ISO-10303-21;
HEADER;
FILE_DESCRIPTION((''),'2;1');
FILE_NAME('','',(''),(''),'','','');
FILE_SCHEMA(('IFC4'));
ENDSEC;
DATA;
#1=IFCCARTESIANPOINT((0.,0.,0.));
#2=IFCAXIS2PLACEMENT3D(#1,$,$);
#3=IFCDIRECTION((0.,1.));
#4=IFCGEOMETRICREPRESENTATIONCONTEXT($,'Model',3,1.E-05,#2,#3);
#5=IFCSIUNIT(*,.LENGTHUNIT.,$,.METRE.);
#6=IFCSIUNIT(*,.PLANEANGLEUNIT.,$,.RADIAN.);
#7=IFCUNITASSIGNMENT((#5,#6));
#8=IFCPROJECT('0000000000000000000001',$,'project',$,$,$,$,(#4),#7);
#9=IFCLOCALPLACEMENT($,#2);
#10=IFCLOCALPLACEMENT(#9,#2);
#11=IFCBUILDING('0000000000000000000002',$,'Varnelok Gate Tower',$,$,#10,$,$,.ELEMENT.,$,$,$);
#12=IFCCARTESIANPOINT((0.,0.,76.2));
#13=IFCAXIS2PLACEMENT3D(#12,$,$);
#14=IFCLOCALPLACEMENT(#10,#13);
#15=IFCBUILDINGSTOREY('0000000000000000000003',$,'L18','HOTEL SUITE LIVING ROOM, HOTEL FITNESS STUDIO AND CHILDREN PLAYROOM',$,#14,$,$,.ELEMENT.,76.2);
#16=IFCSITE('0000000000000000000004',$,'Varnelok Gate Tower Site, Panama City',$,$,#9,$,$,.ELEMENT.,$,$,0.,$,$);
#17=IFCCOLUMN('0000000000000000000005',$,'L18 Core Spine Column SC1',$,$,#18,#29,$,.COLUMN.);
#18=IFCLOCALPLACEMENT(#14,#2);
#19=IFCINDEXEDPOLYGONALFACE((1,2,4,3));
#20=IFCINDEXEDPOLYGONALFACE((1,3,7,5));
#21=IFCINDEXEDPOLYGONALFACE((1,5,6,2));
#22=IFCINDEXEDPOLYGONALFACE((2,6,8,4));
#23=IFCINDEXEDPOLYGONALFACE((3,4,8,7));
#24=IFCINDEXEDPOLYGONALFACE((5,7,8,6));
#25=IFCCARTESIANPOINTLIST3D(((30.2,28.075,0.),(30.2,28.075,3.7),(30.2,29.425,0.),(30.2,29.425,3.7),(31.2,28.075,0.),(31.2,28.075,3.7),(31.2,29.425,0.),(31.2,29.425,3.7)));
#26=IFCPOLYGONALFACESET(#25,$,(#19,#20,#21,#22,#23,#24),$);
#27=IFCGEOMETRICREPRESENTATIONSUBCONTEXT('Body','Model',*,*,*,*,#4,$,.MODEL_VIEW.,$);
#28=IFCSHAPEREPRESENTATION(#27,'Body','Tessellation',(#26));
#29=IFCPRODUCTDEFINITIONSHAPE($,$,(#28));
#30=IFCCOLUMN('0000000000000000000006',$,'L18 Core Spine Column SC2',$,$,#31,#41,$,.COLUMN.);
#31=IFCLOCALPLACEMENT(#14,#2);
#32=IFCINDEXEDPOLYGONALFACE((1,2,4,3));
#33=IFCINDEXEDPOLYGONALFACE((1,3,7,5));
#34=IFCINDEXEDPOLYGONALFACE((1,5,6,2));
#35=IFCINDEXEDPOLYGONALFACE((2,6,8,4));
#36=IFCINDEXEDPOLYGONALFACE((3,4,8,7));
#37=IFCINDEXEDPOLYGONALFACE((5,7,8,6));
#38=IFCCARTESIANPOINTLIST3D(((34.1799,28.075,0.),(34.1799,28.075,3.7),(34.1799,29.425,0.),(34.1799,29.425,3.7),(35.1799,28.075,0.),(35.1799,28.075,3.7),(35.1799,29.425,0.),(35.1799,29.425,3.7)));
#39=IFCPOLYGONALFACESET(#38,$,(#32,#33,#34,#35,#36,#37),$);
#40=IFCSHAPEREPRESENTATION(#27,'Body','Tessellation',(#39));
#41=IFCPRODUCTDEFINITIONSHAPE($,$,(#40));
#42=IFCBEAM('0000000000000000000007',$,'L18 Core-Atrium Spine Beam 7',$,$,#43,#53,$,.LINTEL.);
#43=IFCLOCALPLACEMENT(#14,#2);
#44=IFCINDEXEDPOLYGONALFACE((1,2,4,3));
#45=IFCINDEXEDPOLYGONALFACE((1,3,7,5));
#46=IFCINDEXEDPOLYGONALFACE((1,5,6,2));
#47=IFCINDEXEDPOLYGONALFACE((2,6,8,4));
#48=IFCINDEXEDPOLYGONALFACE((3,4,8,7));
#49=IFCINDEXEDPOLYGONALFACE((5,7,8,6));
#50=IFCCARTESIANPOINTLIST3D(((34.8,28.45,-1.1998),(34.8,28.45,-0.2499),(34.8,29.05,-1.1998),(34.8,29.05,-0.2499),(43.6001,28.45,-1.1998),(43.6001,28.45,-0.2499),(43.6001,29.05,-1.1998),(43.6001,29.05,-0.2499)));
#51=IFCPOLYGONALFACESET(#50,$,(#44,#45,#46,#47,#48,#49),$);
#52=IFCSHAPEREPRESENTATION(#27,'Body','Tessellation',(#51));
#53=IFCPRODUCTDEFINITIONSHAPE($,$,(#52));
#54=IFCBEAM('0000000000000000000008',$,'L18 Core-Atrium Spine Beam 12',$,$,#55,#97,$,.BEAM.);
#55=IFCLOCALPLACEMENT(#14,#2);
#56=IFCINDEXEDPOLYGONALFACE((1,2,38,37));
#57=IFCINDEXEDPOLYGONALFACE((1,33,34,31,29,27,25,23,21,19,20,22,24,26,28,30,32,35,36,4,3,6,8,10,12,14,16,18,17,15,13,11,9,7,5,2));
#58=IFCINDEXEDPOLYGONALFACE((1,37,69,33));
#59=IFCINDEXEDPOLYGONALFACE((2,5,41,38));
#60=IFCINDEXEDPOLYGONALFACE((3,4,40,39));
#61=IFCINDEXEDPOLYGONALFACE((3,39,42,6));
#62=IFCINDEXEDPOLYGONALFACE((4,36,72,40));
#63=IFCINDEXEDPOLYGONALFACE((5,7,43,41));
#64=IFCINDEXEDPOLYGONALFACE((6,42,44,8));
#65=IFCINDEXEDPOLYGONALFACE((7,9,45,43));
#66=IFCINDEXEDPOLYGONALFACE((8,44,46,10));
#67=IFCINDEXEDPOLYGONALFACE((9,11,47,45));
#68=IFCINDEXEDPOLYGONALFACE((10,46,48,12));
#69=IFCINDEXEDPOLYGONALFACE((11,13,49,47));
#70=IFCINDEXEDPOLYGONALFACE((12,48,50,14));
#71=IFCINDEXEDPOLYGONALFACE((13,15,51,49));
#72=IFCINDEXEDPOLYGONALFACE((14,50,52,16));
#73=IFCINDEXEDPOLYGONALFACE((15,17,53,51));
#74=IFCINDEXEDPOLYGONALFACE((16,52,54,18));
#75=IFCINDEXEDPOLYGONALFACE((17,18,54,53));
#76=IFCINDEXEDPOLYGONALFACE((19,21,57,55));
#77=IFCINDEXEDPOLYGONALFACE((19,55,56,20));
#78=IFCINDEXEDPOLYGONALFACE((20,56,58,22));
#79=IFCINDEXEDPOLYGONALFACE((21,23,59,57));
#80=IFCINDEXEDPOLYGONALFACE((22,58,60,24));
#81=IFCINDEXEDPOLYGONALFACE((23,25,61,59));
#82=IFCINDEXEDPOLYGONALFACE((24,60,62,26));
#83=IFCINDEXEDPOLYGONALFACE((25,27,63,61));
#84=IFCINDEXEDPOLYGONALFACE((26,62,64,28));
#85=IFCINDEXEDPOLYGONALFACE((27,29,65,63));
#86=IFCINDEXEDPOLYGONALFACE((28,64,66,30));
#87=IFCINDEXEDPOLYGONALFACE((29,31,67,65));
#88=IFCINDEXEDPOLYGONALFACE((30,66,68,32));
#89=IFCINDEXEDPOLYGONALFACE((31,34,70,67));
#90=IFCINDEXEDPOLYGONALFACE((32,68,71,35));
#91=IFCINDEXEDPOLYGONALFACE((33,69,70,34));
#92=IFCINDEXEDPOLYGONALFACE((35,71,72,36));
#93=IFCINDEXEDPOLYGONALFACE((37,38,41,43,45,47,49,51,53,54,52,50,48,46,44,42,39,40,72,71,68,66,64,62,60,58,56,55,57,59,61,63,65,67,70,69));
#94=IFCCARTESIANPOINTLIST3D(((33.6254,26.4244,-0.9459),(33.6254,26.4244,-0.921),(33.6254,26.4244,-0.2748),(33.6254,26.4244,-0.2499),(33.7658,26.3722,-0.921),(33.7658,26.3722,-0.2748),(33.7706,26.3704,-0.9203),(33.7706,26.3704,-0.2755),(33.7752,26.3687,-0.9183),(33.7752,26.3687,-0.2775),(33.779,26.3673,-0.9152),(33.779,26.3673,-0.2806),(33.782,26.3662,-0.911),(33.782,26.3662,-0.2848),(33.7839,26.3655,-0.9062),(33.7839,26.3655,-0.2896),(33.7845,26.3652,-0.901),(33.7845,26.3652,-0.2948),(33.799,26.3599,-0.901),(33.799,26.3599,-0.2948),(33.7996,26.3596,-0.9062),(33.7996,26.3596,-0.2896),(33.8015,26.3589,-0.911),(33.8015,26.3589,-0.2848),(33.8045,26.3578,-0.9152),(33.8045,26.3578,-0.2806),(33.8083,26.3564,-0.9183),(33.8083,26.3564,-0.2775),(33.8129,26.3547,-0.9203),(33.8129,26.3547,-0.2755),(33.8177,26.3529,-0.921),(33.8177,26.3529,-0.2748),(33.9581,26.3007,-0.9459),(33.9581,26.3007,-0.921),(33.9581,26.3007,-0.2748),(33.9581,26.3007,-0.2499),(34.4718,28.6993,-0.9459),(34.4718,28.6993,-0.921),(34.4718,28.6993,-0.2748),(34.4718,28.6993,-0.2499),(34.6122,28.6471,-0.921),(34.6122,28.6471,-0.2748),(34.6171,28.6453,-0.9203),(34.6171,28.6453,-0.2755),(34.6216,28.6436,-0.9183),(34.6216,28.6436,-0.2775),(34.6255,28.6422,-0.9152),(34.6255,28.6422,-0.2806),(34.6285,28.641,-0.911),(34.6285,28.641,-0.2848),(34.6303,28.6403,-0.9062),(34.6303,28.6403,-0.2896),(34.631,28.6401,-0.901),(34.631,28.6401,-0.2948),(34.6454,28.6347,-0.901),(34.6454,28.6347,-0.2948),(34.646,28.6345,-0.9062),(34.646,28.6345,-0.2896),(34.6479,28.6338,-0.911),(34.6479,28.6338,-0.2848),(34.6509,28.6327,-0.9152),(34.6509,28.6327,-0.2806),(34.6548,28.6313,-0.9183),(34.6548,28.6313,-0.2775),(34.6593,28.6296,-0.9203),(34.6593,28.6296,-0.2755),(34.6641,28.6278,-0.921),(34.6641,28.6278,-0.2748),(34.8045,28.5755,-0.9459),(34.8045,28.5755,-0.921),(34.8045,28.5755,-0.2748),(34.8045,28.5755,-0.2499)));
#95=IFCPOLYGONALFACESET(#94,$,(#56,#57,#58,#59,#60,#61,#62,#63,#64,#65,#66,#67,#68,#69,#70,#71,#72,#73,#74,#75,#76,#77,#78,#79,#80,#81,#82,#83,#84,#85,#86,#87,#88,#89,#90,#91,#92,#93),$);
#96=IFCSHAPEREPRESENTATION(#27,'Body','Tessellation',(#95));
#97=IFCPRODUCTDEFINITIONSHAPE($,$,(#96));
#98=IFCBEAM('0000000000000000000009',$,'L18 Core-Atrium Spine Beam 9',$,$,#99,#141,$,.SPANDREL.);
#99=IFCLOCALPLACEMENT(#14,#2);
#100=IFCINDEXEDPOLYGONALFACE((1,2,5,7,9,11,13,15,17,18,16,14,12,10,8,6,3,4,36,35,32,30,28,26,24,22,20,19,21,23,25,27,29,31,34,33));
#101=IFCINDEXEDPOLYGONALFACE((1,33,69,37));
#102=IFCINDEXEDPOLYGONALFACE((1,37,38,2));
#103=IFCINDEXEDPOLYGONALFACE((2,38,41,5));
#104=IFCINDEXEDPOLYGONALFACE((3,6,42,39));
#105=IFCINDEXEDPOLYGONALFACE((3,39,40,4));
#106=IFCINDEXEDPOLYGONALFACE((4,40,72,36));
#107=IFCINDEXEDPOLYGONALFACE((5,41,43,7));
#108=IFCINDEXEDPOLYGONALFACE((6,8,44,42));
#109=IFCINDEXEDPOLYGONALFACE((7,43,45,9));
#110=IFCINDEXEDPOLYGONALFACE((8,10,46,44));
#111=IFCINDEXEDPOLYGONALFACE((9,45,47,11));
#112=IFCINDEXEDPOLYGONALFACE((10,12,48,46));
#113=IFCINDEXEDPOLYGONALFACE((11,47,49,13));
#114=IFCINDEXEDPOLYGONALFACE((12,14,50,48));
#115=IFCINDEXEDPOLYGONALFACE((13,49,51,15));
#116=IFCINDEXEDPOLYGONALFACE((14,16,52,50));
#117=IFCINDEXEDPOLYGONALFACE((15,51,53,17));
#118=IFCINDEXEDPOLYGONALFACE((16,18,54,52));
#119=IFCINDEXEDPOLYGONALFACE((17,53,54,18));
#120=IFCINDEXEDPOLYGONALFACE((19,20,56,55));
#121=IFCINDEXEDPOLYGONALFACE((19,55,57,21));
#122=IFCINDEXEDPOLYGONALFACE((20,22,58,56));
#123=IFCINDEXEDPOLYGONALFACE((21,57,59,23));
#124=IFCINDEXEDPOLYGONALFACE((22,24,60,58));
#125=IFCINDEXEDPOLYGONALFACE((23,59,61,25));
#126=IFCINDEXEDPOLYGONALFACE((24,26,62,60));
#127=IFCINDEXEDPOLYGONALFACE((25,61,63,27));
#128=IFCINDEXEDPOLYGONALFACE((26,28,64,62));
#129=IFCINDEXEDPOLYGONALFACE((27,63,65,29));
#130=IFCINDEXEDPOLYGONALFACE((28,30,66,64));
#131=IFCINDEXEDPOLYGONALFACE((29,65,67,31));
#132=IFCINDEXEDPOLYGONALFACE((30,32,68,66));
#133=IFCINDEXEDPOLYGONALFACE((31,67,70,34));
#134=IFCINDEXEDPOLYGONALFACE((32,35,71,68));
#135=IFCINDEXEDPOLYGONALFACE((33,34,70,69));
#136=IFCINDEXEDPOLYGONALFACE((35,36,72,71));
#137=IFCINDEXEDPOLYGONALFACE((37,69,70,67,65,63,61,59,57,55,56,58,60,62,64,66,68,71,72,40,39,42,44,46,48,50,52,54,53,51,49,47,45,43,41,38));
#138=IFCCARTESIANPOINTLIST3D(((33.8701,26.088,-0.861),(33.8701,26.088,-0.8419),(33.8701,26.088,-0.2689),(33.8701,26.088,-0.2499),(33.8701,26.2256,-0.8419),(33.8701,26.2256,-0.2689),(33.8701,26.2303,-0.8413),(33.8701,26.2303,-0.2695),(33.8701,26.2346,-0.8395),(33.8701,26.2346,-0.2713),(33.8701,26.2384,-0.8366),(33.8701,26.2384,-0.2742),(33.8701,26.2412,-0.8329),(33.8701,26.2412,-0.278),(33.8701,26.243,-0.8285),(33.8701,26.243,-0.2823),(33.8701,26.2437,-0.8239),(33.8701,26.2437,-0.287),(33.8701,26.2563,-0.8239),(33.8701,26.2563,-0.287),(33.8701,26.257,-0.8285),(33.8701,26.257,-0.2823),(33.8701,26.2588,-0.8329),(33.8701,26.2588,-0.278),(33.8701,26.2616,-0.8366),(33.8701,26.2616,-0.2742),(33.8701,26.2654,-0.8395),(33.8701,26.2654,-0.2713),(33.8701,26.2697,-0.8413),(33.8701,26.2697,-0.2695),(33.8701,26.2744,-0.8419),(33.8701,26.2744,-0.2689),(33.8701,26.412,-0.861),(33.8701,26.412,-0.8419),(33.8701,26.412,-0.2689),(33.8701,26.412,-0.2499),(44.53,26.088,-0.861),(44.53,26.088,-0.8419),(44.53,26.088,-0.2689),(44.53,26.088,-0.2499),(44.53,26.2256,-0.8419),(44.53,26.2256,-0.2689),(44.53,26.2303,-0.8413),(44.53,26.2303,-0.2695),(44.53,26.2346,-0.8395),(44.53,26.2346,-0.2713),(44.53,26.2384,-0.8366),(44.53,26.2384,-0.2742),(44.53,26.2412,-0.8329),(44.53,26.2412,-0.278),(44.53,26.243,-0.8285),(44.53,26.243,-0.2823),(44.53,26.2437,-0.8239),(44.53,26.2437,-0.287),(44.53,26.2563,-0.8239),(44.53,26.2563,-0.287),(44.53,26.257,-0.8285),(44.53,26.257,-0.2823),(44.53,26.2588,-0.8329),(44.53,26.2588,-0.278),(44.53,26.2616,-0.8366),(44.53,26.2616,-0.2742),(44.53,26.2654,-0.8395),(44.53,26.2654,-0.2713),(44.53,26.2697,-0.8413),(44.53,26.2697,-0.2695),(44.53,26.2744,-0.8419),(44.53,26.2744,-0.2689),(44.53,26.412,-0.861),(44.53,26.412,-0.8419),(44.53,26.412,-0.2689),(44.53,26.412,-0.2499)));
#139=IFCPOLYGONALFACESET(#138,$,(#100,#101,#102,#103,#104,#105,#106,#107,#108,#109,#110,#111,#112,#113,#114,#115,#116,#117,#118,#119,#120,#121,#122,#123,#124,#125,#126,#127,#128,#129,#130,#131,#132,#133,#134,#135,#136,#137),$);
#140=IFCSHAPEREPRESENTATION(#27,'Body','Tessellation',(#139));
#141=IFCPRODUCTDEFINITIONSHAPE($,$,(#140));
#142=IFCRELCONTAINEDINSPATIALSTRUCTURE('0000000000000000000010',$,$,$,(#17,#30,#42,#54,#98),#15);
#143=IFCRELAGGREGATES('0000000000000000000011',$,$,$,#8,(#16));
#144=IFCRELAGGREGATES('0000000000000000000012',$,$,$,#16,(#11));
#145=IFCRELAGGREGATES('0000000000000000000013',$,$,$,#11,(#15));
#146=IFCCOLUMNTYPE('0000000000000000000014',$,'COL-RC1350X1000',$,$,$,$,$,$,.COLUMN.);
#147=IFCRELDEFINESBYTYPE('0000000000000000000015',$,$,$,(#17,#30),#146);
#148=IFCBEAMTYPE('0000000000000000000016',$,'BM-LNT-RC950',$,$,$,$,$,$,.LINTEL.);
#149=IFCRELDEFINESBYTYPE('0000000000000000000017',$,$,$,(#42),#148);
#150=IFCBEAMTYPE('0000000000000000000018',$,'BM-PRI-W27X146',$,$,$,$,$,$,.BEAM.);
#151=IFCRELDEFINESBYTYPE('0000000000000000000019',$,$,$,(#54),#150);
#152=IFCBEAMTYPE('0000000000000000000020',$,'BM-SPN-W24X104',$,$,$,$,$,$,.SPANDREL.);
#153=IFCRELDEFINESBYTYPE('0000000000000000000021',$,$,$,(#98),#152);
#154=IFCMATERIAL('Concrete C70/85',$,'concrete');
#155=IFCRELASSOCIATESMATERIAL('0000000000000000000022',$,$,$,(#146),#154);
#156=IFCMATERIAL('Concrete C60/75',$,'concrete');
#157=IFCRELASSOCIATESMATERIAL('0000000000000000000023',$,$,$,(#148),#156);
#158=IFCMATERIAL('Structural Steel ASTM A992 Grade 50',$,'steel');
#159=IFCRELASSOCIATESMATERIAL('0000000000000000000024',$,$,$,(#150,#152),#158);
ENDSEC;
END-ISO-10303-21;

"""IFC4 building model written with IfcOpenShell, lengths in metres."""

from ifc_helpers import new_model, si_unit, direction, frame, origin, origin_2d, place, context, subcontext, project, spatial, rectangle, i_section, extrude, material, material_profile, profile_set, type_object, element, save


model = new_model("IFC4")

# Units and contexts
model_context = context("Model", 3, precision=1e-05, world=origin(), true_north=direction((0.0, 1.0)))
body_context = subcontext(model_context, "Body", "Model", "MODEL_VIEW")
ifc_project = project(units=[si_unit("LENGTHUNIT", "METRE"), si_unit("PLANEANGLEUNIT", "RADIAN")], contexts=[model_context])

# Site, building, storey
site_placement = place(None, origin())
site = spatial("IfcSite", under=ifc_project, at=site_placement, Name="Varnelok Gate Tower Site, Panama City", CompositionType="ELEMENT", RefElevation=0.0)
building_placement = place(site_placement, origin())
building = spatial("IfcBuilding", under=site, at=building_placement, Name="Varnelok Gate Tower", CompositionType="ELEMENT")
storey_placement = place(building_placement, frame((0.0, 0.0, 76.2)))
storey = spatial("IfcBuildingStorey", under=building, at=storey_placement, Name="L18", Description="HOTEL SUITE LIVING ROOM, HOTEL FITNESS STUDIO AND CHILDREN PLAYROOM", CompositionType="ELEMENT", Elevation=76.2)

# Columns
ifc_material_1 = material(Name="Concrete C70/85", Category="concrete")
ifc_material_profile_1 = material_profile(ifc_material_1, rectangle(XDim=1.0, YDim=1.3501, at=origin_2d()), Name="RC1350X1000")
ifc_profile_set_1 = profile_set([ifc_material_profile_1], Name="Concrete C70/85")
column_type = type_object("IfcColumnType", Name="COL-RC1350X1000", PredefinedType="COLUMN", material=ifc_profile_set_1)
for number, where, z_axis, x_axis, name in (
    (1, (30.7, 28.75, 0.0), (0.0, 0.0, 1.0), (1.0, 0.0, 0.0), "L18 Core Spine Column SC1"),
    (2, (34.6799, 28.75, 0.0), (0.0, 0.0, 1.0), (1.0, 0.0, 0.0), "L18 Core Spine Column SC2"),
):
    element("IfcColumn", number, at=place(storey_placement, frame(where, z_axis=z_axis, x_axis=x_axis)), inside=storey, type_object=column_type, Name=name, PredefinedType="COLUMN", context=body_context, shape_type="SweptSolid", body=[
        extrude(rectangle(XDim=1.0, YDim=1.3501, at=origin_2d()), origin(), (0.0, 0.0, 1.0), 3.7),
    ])

# Beams
ifc_material_2 = material(Name="Concrete C60/75", Category="concrete")
ifc_material_profile_2 = material_profile(ifc_material_2, rectangle(XDim=0.6001, YDim=0.95, at=origin_2d()), Name="RC950X600")
ifc_profile_set_2 = profile_set([ifc_material_profile_2], Name="Concrete C60/75")
beam_type_1 = type_object("IfcBeamType", Name="BM-LNT-RC950", PredefinedType="LINTEL", material=ifc_profile_set_2)
beam_1_placement = place(storey_placement, frame((34.8, 28.75, -0.7249), z_axis=(1.0, 0.0, 0.0), x_axis=(0.0, 1.0, 0.0)))
element("IfcBeam", 3, at=beam_1_placement, inside=storey, type_object=beam_type_1, Name="L18 Core-Atrium Spine Beam 7", PredefinedType="LINTEL", context=body_context, shape_type="SweptSolid", body=[
    extrude(rectangle(XDim=0.6001, YDim=0.95, at=origin_2d()), origin(), (0.0, 0.0, 1.0), 8.8),
])
ifc_material_3 = material(Name="Structural Steel ASTM A992 Grade 50", Category="steel")
ifc_material_profile_3 = material_profile(ifc_material_3, i_section(OverallWidth=0.355, OverallDepth=0.696, WebThickness=0.0154, FlangeThickness=0.0249, FilletRadius=0.02, at=origin_2d()), Name="W27X146")
ifc_profile_set_3 = profile_set([ifc_material_profile_3], Name="Structural Steel ASTM A992 Grade 50")
beam_type_2 = type_object("IfcBeamType", Name="BM-PRI-W27X146", PredefinedType="BEAM", material=ifc_profile_set_3)
beam_2_placement = place(storey_placement, frame((33.7917, 26.3625, -0.5979), z_axis=(0.348719, 0.937227, 0.0), x_axis=(-0.937227, 0.348719, 0.0)))
element("IfcBeam", 4, at=beam_2_placement, inside=storey, type_object=beam_type_2, Name="L18 Core-Atrium Spine Beam 12", PredefinedType="BEAM", context=body_context, shape_type="SweptSolid", body=[
    extrude(i_section(OverallWidth=0.355, OverallDepth=0.696, WebThickness=0.0154, FlangeThickness=0.0249, FilletRadius=0.02, at=origin_2d()), origin(), (0.0, 0.0, 1.0), 2.4272),
])
ifc_material_profile_4 = material_profile(ifc_material_3, i_section(OverallWidth=0.324, OverallDepth=0.6111, WebThickness=0.0127, FlangeThickness=0.019, FilletRadius=0.0181, at=origin_2d()), Name="W24X104")
ifc_profile_set_4 = profile_set([ifc_material_profile_4], Name="Structural Steel ASTM A992 Grade 50")
beam_type_3 = type_object("IfcBeamType", Name="BM-SPN-W24X104", PredefinedType="SPANDREL", material=ifc_profile_set_4)
beam_3_placement = place(storey_placement, frame((33.8701, 26.25, -0.5554), z_axis=(1.0, 0.0, 0.0), x_axis=(0.0, 1.0, 0.0)))
element("IfcBeam", 5, at=beam_3_placement, inside=storey, type_object=beam_type_3, Name="L18 Core-Atrium Spine Beam 9", PredefinedType="SPANDREL", context=body_context, shape_type="SweptSolid", body=[
    extrude(i_section(OverallWidth=0.324, OverallDepth=0.6111, WebThickness=0.0127, FlangeThickness=0.019, FilletRadius=0.0181, at=origin_2d()), origin(), (0.0, 0.0, 1.0), 10.6599),
])

save(model, "model.ifc")
